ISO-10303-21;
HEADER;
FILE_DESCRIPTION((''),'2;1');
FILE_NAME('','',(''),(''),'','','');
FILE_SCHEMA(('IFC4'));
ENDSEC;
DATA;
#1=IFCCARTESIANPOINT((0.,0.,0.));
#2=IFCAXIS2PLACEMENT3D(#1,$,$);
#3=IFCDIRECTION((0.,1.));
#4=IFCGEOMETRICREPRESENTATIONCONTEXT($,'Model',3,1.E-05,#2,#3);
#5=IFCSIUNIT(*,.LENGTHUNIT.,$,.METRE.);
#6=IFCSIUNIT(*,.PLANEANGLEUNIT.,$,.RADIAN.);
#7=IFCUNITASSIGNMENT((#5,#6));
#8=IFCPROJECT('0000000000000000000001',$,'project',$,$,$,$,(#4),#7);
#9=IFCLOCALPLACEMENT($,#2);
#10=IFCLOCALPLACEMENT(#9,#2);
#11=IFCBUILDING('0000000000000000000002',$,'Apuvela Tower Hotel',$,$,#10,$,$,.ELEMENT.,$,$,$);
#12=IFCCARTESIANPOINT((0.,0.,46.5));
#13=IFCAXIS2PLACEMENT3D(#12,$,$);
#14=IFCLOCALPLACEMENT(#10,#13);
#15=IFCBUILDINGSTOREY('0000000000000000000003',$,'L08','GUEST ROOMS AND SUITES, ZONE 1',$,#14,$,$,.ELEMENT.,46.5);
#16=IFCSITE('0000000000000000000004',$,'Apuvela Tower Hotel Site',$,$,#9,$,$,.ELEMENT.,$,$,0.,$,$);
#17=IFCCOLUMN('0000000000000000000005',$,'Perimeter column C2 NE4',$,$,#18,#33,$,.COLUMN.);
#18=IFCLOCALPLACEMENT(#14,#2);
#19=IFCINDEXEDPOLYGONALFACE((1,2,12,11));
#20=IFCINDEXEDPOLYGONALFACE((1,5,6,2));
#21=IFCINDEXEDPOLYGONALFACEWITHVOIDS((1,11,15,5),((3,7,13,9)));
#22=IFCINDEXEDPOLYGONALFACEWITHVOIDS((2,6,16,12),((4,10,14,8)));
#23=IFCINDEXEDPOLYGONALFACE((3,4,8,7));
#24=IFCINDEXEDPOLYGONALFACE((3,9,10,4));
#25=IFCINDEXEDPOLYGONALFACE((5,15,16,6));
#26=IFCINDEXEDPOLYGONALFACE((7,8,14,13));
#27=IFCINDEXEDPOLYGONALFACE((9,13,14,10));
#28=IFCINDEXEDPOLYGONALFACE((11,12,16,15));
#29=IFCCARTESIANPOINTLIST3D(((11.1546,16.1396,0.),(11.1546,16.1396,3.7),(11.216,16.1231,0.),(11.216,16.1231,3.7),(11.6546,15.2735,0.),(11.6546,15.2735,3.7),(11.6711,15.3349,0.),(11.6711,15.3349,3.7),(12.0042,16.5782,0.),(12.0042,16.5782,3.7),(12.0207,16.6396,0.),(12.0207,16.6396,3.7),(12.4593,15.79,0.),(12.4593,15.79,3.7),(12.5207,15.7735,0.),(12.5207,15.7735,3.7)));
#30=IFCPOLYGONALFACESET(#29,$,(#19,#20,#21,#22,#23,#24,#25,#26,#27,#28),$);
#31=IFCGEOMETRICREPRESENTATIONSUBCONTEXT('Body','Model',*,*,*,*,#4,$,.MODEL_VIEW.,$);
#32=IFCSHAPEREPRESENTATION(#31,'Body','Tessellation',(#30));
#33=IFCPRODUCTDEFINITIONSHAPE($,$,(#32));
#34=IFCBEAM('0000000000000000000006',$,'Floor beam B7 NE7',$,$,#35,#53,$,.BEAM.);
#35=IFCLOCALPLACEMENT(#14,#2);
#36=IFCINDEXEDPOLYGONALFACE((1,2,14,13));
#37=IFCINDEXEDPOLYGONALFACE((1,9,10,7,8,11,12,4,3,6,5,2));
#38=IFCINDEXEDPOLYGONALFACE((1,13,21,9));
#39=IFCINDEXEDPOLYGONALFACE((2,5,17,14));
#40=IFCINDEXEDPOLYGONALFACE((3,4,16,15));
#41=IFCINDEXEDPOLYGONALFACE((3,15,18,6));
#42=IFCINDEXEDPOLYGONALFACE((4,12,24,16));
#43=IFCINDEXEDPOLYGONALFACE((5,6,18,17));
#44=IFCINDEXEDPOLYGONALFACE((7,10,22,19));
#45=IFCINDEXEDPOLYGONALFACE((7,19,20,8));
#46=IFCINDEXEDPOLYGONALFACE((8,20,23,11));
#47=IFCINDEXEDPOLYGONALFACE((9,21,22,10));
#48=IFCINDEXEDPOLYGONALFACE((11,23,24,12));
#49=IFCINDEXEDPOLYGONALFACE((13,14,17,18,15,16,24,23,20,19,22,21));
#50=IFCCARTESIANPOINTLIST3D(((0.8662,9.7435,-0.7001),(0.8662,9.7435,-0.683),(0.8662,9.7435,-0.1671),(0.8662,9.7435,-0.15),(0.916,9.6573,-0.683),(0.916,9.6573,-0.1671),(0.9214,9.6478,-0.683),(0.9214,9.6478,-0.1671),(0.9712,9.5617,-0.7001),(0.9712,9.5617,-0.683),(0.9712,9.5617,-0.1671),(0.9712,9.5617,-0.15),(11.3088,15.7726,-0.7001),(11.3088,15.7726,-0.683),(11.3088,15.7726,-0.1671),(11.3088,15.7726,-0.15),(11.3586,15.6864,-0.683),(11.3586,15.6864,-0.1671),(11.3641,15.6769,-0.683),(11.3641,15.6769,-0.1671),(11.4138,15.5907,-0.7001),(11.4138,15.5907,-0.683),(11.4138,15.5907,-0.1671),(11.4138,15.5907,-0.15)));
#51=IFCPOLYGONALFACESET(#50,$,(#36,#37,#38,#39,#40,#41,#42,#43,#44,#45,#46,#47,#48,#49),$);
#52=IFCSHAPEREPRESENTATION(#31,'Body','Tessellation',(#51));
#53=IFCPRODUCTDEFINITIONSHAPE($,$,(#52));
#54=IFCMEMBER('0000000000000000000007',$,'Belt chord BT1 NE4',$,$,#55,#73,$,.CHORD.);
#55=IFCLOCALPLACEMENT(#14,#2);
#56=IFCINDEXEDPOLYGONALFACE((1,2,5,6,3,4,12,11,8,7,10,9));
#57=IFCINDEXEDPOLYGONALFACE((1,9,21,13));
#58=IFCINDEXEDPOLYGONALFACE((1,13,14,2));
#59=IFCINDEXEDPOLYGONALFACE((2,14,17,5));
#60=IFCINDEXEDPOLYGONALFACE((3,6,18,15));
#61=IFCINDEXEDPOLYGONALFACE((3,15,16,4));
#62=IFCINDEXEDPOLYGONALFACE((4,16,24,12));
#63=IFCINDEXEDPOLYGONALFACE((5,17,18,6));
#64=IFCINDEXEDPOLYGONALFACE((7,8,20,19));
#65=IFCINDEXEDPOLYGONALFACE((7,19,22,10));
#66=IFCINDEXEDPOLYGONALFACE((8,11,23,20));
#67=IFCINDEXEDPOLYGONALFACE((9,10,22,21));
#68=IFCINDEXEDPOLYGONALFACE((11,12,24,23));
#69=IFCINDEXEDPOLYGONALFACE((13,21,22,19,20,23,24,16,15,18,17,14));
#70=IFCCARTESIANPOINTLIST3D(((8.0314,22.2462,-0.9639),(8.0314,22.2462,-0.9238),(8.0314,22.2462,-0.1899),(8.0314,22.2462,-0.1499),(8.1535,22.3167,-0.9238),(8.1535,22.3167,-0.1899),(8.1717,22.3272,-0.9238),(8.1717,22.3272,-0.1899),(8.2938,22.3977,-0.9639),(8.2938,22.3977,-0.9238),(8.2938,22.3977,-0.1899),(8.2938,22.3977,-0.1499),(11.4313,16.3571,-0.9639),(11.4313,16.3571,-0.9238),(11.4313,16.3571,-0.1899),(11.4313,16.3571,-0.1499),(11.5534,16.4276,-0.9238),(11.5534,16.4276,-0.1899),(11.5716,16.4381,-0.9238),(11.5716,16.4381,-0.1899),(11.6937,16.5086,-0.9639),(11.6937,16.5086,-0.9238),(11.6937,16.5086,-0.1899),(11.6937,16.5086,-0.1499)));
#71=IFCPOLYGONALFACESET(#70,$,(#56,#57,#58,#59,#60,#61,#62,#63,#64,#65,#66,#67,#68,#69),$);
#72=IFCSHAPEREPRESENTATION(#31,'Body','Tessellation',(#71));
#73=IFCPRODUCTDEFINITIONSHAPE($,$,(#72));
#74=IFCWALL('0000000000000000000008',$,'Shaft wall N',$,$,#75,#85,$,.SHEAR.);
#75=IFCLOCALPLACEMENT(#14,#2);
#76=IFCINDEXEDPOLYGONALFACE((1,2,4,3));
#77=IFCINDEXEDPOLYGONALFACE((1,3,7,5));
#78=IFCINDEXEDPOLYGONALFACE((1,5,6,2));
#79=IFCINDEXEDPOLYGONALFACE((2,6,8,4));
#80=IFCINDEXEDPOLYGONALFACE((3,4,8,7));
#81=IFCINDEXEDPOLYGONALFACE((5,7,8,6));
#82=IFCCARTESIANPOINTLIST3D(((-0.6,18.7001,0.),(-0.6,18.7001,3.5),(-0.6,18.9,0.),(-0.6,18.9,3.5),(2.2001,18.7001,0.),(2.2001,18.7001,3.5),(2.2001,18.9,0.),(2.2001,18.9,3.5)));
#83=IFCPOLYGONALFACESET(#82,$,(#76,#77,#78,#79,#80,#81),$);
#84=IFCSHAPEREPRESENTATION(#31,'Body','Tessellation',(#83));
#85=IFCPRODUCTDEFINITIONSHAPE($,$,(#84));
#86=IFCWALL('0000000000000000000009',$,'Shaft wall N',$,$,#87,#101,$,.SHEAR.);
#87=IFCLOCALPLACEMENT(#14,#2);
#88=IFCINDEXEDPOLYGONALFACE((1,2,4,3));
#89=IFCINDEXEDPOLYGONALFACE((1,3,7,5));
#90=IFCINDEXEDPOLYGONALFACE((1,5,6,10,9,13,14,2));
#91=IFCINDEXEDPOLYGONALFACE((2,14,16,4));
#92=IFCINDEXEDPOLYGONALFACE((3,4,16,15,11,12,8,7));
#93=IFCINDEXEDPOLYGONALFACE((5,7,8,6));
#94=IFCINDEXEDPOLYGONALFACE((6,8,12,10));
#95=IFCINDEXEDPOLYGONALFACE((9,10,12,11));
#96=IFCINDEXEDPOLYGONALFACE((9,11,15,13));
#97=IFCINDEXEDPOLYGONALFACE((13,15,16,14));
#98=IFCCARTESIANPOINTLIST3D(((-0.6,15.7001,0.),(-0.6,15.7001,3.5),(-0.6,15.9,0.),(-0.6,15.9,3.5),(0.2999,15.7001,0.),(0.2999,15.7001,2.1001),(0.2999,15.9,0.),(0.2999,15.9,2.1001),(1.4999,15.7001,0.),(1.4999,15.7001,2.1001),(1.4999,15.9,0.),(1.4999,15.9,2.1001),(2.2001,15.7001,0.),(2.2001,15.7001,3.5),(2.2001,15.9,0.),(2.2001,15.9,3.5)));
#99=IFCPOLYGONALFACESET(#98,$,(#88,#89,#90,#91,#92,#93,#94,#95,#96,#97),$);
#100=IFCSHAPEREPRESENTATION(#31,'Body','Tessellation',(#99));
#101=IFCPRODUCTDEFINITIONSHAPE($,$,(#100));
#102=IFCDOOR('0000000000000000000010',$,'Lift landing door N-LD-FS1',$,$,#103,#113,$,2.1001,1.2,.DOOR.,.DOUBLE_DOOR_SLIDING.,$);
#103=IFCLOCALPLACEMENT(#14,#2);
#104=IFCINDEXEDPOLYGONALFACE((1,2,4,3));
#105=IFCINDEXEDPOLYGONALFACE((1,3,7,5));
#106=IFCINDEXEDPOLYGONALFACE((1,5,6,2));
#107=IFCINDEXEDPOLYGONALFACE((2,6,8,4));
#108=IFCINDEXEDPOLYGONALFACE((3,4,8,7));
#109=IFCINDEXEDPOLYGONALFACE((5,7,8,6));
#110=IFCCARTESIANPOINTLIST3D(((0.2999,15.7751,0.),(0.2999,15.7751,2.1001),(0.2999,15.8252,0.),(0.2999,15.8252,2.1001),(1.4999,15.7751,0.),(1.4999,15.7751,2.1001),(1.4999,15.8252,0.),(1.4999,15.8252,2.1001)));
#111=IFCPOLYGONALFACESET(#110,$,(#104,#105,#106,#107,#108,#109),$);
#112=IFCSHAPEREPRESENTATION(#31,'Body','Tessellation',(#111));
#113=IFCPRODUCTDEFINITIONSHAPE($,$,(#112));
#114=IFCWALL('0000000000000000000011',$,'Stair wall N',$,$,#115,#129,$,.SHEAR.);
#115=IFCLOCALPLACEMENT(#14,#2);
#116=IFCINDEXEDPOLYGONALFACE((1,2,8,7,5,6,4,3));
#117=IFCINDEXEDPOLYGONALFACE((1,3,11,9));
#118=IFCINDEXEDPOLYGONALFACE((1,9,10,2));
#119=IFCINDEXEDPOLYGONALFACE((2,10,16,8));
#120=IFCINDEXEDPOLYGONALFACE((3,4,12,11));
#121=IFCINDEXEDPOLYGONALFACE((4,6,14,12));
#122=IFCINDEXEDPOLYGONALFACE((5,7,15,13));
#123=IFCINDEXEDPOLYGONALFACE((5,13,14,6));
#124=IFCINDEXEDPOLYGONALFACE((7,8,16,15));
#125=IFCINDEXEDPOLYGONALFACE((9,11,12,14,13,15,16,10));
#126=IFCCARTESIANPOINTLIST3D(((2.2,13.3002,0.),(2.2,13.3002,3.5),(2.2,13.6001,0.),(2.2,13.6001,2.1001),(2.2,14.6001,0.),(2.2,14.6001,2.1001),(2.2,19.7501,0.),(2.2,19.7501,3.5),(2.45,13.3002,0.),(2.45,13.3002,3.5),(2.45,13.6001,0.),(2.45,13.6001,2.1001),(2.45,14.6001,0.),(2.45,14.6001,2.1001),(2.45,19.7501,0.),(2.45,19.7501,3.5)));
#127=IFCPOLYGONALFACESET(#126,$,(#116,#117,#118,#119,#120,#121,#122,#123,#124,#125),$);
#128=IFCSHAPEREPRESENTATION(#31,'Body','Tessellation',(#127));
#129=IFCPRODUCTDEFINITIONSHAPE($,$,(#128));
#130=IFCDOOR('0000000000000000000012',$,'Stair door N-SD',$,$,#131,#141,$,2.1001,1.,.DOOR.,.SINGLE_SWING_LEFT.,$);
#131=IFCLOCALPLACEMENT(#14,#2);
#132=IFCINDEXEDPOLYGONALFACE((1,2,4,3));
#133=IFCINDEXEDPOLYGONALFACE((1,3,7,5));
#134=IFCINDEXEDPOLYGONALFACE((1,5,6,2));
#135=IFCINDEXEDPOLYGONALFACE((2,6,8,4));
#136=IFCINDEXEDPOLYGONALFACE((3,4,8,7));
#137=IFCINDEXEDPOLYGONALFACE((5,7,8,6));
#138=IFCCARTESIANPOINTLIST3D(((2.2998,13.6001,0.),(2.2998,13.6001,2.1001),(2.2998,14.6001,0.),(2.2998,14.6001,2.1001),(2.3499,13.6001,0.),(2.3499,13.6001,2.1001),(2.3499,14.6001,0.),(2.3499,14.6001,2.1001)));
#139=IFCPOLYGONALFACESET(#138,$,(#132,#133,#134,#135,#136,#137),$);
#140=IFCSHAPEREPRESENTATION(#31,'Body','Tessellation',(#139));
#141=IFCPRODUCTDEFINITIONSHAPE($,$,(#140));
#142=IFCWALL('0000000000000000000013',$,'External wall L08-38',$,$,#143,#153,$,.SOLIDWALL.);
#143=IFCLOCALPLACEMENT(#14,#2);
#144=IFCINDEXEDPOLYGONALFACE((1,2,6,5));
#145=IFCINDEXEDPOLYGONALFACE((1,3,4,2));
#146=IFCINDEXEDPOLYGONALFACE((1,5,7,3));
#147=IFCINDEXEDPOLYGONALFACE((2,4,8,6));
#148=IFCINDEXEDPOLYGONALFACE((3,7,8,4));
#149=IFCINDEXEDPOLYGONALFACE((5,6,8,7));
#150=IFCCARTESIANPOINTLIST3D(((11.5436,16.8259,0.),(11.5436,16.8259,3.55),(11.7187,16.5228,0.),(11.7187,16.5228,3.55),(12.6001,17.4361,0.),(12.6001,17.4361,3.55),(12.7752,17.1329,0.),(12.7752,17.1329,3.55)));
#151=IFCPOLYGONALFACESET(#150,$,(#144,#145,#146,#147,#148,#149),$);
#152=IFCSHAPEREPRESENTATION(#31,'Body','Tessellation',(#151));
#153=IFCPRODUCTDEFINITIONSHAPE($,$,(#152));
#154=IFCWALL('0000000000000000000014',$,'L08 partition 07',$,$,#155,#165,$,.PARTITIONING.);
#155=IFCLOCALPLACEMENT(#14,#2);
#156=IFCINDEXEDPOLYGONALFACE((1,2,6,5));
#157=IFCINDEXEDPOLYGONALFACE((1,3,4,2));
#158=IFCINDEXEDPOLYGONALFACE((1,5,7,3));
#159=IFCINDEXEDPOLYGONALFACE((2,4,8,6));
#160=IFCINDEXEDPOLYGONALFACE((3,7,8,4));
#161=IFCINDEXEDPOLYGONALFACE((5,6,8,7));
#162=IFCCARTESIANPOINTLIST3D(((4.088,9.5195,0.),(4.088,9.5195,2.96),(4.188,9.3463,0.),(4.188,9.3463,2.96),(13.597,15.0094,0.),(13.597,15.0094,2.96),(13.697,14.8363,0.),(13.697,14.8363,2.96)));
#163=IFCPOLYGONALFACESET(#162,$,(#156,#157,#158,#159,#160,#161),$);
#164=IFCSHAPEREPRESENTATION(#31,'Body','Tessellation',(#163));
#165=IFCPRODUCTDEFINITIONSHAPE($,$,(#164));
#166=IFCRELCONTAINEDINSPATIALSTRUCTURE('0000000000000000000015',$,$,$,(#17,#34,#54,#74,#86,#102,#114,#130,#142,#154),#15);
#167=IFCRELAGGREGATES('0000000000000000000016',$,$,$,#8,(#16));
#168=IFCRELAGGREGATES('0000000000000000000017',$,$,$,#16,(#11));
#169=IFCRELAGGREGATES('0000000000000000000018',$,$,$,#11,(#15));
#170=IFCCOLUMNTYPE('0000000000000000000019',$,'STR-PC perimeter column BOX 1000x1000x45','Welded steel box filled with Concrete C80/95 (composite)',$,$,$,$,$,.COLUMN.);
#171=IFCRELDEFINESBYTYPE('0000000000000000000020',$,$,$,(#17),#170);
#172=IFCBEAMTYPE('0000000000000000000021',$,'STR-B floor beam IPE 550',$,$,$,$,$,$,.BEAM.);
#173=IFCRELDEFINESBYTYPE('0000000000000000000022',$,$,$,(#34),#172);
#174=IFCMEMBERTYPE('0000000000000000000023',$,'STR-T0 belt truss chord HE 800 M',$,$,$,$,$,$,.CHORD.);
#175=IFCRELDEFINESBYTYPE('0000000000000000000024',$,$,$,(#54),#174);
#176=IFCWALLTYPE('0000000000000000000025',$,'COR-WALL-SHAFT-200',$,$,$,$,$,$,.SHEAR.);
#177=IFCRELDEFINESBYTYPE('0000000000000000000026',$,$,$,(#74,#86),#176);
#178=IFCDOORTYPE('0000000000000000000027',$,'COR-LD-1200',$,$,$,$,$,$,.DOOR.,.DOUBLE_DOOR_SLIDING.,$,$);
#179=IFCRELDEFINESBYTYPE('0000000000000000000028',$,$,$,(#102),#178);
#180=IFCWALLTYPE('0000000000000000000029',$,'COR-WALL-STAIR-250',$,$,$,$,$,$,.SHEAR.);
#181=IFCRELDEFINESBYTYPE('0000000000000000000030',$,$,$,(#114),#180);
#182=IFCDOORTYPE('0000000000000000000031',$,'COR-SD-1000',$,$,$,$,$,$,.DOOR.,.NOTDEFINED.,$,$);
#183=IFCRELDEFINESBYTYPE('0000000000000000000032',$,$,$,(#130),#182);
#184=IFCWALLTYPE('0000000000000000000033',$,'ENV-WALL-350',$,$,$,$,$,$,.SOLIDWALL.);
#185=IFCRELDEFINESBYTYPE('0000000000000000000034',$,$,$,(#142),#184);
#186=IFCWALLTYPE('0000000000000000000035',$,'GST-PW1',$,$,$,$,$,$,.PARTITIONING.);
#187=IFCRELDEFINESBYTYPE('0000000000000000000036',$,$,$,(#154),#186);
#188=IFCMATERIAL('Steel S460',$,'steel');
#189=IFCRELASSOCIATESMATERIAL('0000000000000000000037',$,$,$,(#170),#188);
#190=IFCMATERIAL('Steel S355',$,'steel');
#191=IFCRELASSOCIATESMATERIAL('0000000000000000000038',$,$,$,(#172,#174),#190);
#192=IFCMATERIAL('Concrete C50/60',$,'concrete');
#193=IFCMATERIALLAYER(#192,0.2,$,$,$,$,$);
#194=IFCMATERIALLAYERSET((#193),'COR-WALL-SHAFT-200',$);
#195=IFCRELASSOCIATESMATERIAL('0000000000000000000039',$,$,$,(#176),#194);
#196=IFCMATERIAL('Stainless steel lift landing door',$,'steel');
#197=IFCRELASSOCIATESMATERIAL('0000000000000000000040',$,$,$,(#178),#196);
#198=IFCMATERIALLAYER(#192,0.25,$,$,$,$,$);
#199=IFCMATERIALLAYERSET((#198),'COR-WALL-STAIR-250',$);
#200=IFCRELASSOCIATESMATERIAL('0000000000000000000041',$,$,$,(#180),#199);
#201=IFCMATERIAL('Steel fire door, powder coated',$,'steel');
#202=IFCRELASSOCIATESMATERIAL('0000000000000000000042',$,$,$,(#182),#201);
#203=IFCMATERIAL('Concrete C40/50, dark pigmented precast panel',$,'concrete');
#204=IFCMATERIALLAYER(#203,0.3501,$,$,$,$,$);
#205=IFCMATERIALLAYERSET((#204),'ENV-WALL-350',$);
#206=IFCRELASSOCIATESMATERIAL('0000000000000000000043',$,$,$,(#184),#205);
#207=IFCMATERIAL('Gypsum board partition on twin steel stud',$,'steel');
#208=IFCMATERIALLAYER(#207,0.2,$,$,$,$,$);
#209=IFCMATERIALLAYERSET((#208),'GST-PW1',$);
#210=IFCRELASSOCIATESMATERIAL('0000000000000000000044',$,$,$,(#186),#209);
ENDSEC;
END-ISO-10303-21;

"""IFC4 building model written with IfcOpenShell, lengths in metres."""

from ifc_helpers import new_model, si_unit, direction, frame, frame_2d, origin, origin_2d, place, context, subcontext, project, spatial, rectangle, hollow_rectangle, i_section, extrude, material, layer, layer_set, material_profile, profile_set, type_object, element, fill, save


model = new_model("IFC4")

# Units and contexts
model_context = context("Model", 3, precision=1e-05, world=origin(), true_north=direction((0.0, 1.0)))
body_context = subcontext(model_context, "Body", "Model", "MODEL_VIEW")
ifc_project = project(units=[si_unit("LENGTHUNIT", "METRE"), si_unit("PLANEANGLEUNIT", "RADIAN")], contexts=[model_context])

# Site, building, storey
site_placement = place(None, origin())
site = spatial("IfcSite", under=ifc_project, at=site_placement, Name="Apuvela Tower Hotel Site", CompositionType="ELEMENT", RefElevation=0.0)
building_placement = place(site_placement, origin())
building = spatial("IfcBuilding", under=site, at=building_placement, Name="Apuvela Tower Hotel", CompositionType="ELEMENT")
storey_placement = place(building_placement, frame((0.0, 0.0, 46.5)))
storey = spatial("IfcBuildingStorey", under=building, at=storey_placement, Name="L08", Description="GUEST ROOMS AND SUITES, ZONE 1", CompositionType="ELEMENT", Elevation=46.5)

# Column
ifc_material_1 = material(Name="Steel S460", Category="steel")
ifc_material_profile_1 = material_profile(ifc_material_1, hollow_rectangle(XDim=1.0, YDim=1.0, WallThickness=0.0449, at=origin_2d()), Name="BOX 1000x1000x45")
ifc_material_2 = material(Name="Concrete C80/95", Category="concrete")
ifc_material_profile_2 = material_profile(ifc_material_2, rectangle(XDim=0.9099, YDim=0.9099, at=origin_2d()), Name="Concrete C80/95 infill")
ifc_profile_set_1 = profile_set([ifc_material_profile_1, ifc_material_profile_2], Name="Steel S460")
column_type = type_object("IfcColumnType", Name="STR-PC perimeter column BOX 1000x1000x45", Description="Welded steel box filled with Concrete C80/95 (composite)", PredefinedType="COLUMN", material=ifc_profile_set_1)
column_placement = place(storey_placement, frame((11.8376, 15.9565, 0.0), z_axis=(0.0, 0.0, 1.0), x_axis=(-0.5, 0.866025, 0.0)))
element("IfcColumn", 1, at=column_placement, inside=storey, type_object=column_type, Name="Perimeter column C2 NE4", PredefinedType="COLUMN", context=body_context, shape_type="SweptSolid", body=[
    extrude(hollow_rectangle(XDim=1.0, YDim=1.0, WallThickness=0.0449, at=origin_2d()), origin(), (0.0, 0.0, 1.0), 3.7),
])

# Beam
ifc_material_3 = material(Name="Steel S355", Category="steel")
ifc_material_profile_3 = material_profile(ifc_material_3, i_section(OverallWidth=0.21, OverallDepth=0.55, WebThickness=0.011, FlangeThickness=0.0171, at=origin_2d()), Name="IPE 550")
ifc_profile_set_2 = profile_set([ifc_material_profile_3], Name="Steel S355")
beam_type = type_object("IfcBeamType", Name="STR-B floor beam IPE 550", PredefinedType="BEAM", material=ifc_profile_set_2)
beam_placement = place(storey_placement, frame((11.3613, 15.6816, -0.425), z_axis=(-0.866025, -0.5, 0.0), x_axis=(0.5, -0.866025, 0.0)))
element("IfcBeam", 2, at=beam_placement, inside=storey, type_object=beam_type, Name="Floor beam B7 NE7", PredefinedType="BEAM", context=body_context, shape_type="SweptSolid", body=[
    extrude(i_section(OverallWidth=0.21, OverallDepth=0.55, WebThickness=0.011, FlangeThickness=0.0171, at=origin_2d()), origin(), (0.0, 0.0, 1.0), 12.0581),
])

# Member
ifc_material_profile_4 = material_profile(ifc_material_3, i_section(OverallWidth=0.303, OverallDepth=0.814, WebThickness=0.021, FlangeThickness=0.04, at=origin_2d()), Name="HE 800 M")
ifc_profile_set_3 = profile_set([ifc_material_profile_4], Name="Steel S355")
member_type = type_object("IfcMemberType", Name="STR-T0 belt truss chord HE 800 M", PredefinedType="CHORD", material=ifc_profile_set_3)
member_placement = place(storey_placement, frame((11.5625, 16.4329, -0.5569), z_axis=(-0.499977, 0.866039, 0.0), x_axis=(-0.866039, -0.499977, 0.0)))
element("IfcMember", 3, at=member_placement, inside=storey, type_object=member_type, Name="Belt chord BT1 NE4", PredefinedType="CHORD", context=body_context, shape_type="SweptSolid", body=[
    extrude(i_section(OverallWidth=0.303, OverallDepth=0.814, WebThickness=0.021, FlangeThickness=0.04, at=origin_2d()), origin(), (0.0, 0.0, 1.0), 6.8),
])

# Wall
ifc_material_4 = material(Name="Concrete C50/60", Category="concrete")
ifc_layer_1 = layer(ifc_material_4, 0.2)
ifc_layer_set_1 = layer_set([ifc_layer_1], Name="COR-WALL-SHAFT-200")
wall_type_1 = type_object("IfcWallType", Name="COR-WALL-SHAFT-200", PredefinedType="SHEAR", material=ifc_layer_set_1)
wall_1_placement = place(storey_placement, frame((2.2, 18.8, 0.0), z_axis=(0.0, 0.0, 1.0), x_axis=(-1.0, 0.0, 0.0)))
element("IfcWall", 4, at=wall_1_placement, inside=storey, type_object=wall_type_1, Name="Shaft wall N", PredefinedType="SHEAR", context=body_context, shape_type="SweptSolid", body=[
    extrude(rectangle(XDim=2.8, YDim=0.2, at=frame_2d((1.3999, 0.0))), origin(), (0.0, 0.0, 1.0), 3.5),
])

# Walls, openings, doors
wall_2_placement = place(storey_placement, frame((2.2, 15.8, 0.0), z_axis=(0.0, 0.0, 1.0), x_axis=(-1.0, 0.0, 0.0)))
wall_2 = element("IfcWall", 5, at=wall_2_placement, inside=storey, type_object=wall_type_1, Name="Shaft wall N", PredefinedType="SHEAR", context=body_context, shape_type="SweptSolid", body=[
    extrude(rectangle(XDim=2.8, YDim=0.2, at=frame_2d((1.3999, 0.0))), origin(), (0.0, 0.0, 1.0), 3.5),
])
opening_1_placement = place(wall_2_placement, frame((0.7, 0.0, 0.0)))
opening_1 = element("IfcOpeningElement", 6, at=opening_1_placement, cuts=wall_2, PredefinedType="OPENING", context=body_context, shape_type="SweptSolid", body=[
    extrude(rectangle(XDim=1.2, YDim=2.1001, at=frame_2d((0.6001, 1.05))), frame((0.0, 0.1099, 0.0), z_axis=(0.0, -1.0, 0.0), x_axis=(1.0, 0.0, 0.0)), (0.0, 0.0, 1.0), 0.22),
])
ifc_material_5 = material(Name="Stainless steel lift landing door", Category="steel")
door_type_1 = type_object("IfcDoorType", Name="COR-LD-1200", OperationType="DOUBLE_DOOR_SLIDING", PredefinedType="DOOR", material=ifc_material_5)
door_1_placement = place(opening_1_placement, origin())
door_1 = element("IfcDoor", 7, at=door_1_placement, inside=storey, type_object=door_type_1, Name="Lift landing door N-LD-FS1", OperationType="DOUBLE_DOOR_SLIDING", OverallHeight=2.1001, OverallWidth=1.2, PredefinedType="DOOR", context=body_context, shape_type="SweptSolid", body=[
    extrude(rectangle(XDim=1.2, YDim=2.1001, at=frame_2d((0.6001, 1.05))), frame((0.0, 0.0249, 0.0), z_axis=(0.0, -1.0, 0.0), x_axis=(1.0, 0.0, 0.0)), (0.0, 0.0, 1.0), 0.05),
])
fill(opening_1, door_1)
ifc_layer_2 = layer(ifc_material_4, 0.25)
ifc_layer_set_2 = layer_set([ifc_layer_2], Name="COR-WALL-STAIR-250")
wall_type_2 = type_object("IfcWallType", Name="COR-WALL-STAIR-250", PredefinedType="SHEAR", material=ifc_layer_set_2)
wall_3_placement = place(storey_placement, frame((2.325, 13.3, 0.0), z_axis=(0.0, 0.0, 1.0), x_axis=(0.0, 1.0, 0.0)))
wall_3 = element("IfcWall", 8, at=wall_3_placement, inside=storey, type_object=wall_type_2, Name="Stair wall N", PredefinedType="SHEAR", context=body_context, shape_type="SweptSolid", body=[
    extrude(rectangle(XDim=6.45, YDim=0.25, at=frame_2d((3.2251, 0.0))), origin(), (0.0, 0.0, 1.0), 3.5),
])
opening_2_placement = place(wall_3_placement, frame((0.3, 0.0, 0.0)))
opening_2 = element("IfcOpeningElement", 9, at=opening_2_placement, cuts=wall_3, PredefinedType="OPENING", context=body_context, shape_type="SweptSolid", body=[
    extrude(rectangle(XDim=1.0, YDim=2.1001, at=frame_2d((0.5, 1.05))), frame((0.0, 0.135, 0.0), z_axis=(0.0, -1.0, 0.0), x_axis=(1.0, 0.0, 0.0)), (0.0, 0.0, 1.0), 0.27),
])
ifc_material_6 = material(Name="Steel fire door, powder coated", Category="steel")
door_type_2 = type_object("IfcDoorType", Name="COR-SD-1000", OperationType="NOTDEFINED", PredefinedType="DOOR", material=ifc_material_6)
door_2_placement = place(opening_2_placement, frame((1.0, 0.0, 0.0), z_axis=(0.0, 0.0, 1.0), x_axis=(-1.0, 0.0, 0.0)))
door_2 = element("IfcDoor", 10, at=door_2_placement, inside=storey, type_object=door_type_2, Name="Stair door N-SD", OperationType="SINGLE_SWING_LEFT", OverallHeight=2.1001, OverallWidth=1.0, PredefinedType="DOOR", context=body_context, shape_type="SweptSolid", body=[
    extrude(rectangle(XDim=1.0, YDim=2.1001, at=frame_2d((0.5, 1.05))), frame((0.0, 0.0249, 0.0), z_axis=(0.0, -1.0, 0.0), x_axis=(1.0, 0.0, 0.0)), (0.0, 0.0, 1.0), 0.05),
])
fill(opening_2, door_2)

# Wall
ifc_material_7 = material(Name="Concrete C40/50, dark pigmented precast panel", Category="concrete")
ifc_layer_3 = layer(ifc_material_7, 0.3501)
ifc_layer_set_3 = layer_set([ifc_layer_3], Name="ENV-WALL-350")
wall_type_3 = type_object("IfcWallType", Name="ENV-WALL-350", PredefinedType="SOLIDWALL", material=ifc_layer_set_3)
wall_4_placement = place(storey_placement, frame((12.6875, 17.2844, 0.0), z_axis=(0.0, 0.0, 1.0), x_axis=(-0.865956, -0.500121, 0.0)))
element("IfcWall", 11, at=wall_4_placement, inside=storey, type_object=wall_type_3, Name="External wall L08-38", PredefinedType="SOLIDWALL", context=body_context, shape_type="SweptSolid", body=[
    extrude(rectangle(XDim=1.22, YDim=0.3501, at=frame_2d((0.6099, 0.0))), origin(), (0.0, 0.0, 1.0), 3.55),
])

# Wall
ifc_material_8 = material(Name="Gypsum board partition on twin steel stud", Category="steel")
ifc_layer_4 = layer(ifc_material_8, 0.2)
ifc_layer_set_4 = layer_set([ifc_layer_4], Name="GST-PW1")
wall_type_4 = type_object("IfcWallType", Name="GST-PW1", PredefinedType="PARTITIONING", material=ifc_layer_set_4)
wall_5_placement = place(storey_placement, frame((13.647, 14.9229, 0.0), z_axis=(0.0, 0.0, 1.0), x_axis=(-0.866027, -0.499996, 0.0)))
element("IfcWall", 12, at=wall_5_placement, inside=storey, type_object=wall_type_4, Name="L08 partition 07", PredefinedType="PARTITIONING", context=body_context, shape_type="SweptSolid", body=[
    extrude(rectangle(XDim=10.98, YDim=0.2, at=frame_2d((5.49, 0.0))), origin(), (0.0, 0.0, 1.0), 2.96),
])

save(model, "model.ifc")
